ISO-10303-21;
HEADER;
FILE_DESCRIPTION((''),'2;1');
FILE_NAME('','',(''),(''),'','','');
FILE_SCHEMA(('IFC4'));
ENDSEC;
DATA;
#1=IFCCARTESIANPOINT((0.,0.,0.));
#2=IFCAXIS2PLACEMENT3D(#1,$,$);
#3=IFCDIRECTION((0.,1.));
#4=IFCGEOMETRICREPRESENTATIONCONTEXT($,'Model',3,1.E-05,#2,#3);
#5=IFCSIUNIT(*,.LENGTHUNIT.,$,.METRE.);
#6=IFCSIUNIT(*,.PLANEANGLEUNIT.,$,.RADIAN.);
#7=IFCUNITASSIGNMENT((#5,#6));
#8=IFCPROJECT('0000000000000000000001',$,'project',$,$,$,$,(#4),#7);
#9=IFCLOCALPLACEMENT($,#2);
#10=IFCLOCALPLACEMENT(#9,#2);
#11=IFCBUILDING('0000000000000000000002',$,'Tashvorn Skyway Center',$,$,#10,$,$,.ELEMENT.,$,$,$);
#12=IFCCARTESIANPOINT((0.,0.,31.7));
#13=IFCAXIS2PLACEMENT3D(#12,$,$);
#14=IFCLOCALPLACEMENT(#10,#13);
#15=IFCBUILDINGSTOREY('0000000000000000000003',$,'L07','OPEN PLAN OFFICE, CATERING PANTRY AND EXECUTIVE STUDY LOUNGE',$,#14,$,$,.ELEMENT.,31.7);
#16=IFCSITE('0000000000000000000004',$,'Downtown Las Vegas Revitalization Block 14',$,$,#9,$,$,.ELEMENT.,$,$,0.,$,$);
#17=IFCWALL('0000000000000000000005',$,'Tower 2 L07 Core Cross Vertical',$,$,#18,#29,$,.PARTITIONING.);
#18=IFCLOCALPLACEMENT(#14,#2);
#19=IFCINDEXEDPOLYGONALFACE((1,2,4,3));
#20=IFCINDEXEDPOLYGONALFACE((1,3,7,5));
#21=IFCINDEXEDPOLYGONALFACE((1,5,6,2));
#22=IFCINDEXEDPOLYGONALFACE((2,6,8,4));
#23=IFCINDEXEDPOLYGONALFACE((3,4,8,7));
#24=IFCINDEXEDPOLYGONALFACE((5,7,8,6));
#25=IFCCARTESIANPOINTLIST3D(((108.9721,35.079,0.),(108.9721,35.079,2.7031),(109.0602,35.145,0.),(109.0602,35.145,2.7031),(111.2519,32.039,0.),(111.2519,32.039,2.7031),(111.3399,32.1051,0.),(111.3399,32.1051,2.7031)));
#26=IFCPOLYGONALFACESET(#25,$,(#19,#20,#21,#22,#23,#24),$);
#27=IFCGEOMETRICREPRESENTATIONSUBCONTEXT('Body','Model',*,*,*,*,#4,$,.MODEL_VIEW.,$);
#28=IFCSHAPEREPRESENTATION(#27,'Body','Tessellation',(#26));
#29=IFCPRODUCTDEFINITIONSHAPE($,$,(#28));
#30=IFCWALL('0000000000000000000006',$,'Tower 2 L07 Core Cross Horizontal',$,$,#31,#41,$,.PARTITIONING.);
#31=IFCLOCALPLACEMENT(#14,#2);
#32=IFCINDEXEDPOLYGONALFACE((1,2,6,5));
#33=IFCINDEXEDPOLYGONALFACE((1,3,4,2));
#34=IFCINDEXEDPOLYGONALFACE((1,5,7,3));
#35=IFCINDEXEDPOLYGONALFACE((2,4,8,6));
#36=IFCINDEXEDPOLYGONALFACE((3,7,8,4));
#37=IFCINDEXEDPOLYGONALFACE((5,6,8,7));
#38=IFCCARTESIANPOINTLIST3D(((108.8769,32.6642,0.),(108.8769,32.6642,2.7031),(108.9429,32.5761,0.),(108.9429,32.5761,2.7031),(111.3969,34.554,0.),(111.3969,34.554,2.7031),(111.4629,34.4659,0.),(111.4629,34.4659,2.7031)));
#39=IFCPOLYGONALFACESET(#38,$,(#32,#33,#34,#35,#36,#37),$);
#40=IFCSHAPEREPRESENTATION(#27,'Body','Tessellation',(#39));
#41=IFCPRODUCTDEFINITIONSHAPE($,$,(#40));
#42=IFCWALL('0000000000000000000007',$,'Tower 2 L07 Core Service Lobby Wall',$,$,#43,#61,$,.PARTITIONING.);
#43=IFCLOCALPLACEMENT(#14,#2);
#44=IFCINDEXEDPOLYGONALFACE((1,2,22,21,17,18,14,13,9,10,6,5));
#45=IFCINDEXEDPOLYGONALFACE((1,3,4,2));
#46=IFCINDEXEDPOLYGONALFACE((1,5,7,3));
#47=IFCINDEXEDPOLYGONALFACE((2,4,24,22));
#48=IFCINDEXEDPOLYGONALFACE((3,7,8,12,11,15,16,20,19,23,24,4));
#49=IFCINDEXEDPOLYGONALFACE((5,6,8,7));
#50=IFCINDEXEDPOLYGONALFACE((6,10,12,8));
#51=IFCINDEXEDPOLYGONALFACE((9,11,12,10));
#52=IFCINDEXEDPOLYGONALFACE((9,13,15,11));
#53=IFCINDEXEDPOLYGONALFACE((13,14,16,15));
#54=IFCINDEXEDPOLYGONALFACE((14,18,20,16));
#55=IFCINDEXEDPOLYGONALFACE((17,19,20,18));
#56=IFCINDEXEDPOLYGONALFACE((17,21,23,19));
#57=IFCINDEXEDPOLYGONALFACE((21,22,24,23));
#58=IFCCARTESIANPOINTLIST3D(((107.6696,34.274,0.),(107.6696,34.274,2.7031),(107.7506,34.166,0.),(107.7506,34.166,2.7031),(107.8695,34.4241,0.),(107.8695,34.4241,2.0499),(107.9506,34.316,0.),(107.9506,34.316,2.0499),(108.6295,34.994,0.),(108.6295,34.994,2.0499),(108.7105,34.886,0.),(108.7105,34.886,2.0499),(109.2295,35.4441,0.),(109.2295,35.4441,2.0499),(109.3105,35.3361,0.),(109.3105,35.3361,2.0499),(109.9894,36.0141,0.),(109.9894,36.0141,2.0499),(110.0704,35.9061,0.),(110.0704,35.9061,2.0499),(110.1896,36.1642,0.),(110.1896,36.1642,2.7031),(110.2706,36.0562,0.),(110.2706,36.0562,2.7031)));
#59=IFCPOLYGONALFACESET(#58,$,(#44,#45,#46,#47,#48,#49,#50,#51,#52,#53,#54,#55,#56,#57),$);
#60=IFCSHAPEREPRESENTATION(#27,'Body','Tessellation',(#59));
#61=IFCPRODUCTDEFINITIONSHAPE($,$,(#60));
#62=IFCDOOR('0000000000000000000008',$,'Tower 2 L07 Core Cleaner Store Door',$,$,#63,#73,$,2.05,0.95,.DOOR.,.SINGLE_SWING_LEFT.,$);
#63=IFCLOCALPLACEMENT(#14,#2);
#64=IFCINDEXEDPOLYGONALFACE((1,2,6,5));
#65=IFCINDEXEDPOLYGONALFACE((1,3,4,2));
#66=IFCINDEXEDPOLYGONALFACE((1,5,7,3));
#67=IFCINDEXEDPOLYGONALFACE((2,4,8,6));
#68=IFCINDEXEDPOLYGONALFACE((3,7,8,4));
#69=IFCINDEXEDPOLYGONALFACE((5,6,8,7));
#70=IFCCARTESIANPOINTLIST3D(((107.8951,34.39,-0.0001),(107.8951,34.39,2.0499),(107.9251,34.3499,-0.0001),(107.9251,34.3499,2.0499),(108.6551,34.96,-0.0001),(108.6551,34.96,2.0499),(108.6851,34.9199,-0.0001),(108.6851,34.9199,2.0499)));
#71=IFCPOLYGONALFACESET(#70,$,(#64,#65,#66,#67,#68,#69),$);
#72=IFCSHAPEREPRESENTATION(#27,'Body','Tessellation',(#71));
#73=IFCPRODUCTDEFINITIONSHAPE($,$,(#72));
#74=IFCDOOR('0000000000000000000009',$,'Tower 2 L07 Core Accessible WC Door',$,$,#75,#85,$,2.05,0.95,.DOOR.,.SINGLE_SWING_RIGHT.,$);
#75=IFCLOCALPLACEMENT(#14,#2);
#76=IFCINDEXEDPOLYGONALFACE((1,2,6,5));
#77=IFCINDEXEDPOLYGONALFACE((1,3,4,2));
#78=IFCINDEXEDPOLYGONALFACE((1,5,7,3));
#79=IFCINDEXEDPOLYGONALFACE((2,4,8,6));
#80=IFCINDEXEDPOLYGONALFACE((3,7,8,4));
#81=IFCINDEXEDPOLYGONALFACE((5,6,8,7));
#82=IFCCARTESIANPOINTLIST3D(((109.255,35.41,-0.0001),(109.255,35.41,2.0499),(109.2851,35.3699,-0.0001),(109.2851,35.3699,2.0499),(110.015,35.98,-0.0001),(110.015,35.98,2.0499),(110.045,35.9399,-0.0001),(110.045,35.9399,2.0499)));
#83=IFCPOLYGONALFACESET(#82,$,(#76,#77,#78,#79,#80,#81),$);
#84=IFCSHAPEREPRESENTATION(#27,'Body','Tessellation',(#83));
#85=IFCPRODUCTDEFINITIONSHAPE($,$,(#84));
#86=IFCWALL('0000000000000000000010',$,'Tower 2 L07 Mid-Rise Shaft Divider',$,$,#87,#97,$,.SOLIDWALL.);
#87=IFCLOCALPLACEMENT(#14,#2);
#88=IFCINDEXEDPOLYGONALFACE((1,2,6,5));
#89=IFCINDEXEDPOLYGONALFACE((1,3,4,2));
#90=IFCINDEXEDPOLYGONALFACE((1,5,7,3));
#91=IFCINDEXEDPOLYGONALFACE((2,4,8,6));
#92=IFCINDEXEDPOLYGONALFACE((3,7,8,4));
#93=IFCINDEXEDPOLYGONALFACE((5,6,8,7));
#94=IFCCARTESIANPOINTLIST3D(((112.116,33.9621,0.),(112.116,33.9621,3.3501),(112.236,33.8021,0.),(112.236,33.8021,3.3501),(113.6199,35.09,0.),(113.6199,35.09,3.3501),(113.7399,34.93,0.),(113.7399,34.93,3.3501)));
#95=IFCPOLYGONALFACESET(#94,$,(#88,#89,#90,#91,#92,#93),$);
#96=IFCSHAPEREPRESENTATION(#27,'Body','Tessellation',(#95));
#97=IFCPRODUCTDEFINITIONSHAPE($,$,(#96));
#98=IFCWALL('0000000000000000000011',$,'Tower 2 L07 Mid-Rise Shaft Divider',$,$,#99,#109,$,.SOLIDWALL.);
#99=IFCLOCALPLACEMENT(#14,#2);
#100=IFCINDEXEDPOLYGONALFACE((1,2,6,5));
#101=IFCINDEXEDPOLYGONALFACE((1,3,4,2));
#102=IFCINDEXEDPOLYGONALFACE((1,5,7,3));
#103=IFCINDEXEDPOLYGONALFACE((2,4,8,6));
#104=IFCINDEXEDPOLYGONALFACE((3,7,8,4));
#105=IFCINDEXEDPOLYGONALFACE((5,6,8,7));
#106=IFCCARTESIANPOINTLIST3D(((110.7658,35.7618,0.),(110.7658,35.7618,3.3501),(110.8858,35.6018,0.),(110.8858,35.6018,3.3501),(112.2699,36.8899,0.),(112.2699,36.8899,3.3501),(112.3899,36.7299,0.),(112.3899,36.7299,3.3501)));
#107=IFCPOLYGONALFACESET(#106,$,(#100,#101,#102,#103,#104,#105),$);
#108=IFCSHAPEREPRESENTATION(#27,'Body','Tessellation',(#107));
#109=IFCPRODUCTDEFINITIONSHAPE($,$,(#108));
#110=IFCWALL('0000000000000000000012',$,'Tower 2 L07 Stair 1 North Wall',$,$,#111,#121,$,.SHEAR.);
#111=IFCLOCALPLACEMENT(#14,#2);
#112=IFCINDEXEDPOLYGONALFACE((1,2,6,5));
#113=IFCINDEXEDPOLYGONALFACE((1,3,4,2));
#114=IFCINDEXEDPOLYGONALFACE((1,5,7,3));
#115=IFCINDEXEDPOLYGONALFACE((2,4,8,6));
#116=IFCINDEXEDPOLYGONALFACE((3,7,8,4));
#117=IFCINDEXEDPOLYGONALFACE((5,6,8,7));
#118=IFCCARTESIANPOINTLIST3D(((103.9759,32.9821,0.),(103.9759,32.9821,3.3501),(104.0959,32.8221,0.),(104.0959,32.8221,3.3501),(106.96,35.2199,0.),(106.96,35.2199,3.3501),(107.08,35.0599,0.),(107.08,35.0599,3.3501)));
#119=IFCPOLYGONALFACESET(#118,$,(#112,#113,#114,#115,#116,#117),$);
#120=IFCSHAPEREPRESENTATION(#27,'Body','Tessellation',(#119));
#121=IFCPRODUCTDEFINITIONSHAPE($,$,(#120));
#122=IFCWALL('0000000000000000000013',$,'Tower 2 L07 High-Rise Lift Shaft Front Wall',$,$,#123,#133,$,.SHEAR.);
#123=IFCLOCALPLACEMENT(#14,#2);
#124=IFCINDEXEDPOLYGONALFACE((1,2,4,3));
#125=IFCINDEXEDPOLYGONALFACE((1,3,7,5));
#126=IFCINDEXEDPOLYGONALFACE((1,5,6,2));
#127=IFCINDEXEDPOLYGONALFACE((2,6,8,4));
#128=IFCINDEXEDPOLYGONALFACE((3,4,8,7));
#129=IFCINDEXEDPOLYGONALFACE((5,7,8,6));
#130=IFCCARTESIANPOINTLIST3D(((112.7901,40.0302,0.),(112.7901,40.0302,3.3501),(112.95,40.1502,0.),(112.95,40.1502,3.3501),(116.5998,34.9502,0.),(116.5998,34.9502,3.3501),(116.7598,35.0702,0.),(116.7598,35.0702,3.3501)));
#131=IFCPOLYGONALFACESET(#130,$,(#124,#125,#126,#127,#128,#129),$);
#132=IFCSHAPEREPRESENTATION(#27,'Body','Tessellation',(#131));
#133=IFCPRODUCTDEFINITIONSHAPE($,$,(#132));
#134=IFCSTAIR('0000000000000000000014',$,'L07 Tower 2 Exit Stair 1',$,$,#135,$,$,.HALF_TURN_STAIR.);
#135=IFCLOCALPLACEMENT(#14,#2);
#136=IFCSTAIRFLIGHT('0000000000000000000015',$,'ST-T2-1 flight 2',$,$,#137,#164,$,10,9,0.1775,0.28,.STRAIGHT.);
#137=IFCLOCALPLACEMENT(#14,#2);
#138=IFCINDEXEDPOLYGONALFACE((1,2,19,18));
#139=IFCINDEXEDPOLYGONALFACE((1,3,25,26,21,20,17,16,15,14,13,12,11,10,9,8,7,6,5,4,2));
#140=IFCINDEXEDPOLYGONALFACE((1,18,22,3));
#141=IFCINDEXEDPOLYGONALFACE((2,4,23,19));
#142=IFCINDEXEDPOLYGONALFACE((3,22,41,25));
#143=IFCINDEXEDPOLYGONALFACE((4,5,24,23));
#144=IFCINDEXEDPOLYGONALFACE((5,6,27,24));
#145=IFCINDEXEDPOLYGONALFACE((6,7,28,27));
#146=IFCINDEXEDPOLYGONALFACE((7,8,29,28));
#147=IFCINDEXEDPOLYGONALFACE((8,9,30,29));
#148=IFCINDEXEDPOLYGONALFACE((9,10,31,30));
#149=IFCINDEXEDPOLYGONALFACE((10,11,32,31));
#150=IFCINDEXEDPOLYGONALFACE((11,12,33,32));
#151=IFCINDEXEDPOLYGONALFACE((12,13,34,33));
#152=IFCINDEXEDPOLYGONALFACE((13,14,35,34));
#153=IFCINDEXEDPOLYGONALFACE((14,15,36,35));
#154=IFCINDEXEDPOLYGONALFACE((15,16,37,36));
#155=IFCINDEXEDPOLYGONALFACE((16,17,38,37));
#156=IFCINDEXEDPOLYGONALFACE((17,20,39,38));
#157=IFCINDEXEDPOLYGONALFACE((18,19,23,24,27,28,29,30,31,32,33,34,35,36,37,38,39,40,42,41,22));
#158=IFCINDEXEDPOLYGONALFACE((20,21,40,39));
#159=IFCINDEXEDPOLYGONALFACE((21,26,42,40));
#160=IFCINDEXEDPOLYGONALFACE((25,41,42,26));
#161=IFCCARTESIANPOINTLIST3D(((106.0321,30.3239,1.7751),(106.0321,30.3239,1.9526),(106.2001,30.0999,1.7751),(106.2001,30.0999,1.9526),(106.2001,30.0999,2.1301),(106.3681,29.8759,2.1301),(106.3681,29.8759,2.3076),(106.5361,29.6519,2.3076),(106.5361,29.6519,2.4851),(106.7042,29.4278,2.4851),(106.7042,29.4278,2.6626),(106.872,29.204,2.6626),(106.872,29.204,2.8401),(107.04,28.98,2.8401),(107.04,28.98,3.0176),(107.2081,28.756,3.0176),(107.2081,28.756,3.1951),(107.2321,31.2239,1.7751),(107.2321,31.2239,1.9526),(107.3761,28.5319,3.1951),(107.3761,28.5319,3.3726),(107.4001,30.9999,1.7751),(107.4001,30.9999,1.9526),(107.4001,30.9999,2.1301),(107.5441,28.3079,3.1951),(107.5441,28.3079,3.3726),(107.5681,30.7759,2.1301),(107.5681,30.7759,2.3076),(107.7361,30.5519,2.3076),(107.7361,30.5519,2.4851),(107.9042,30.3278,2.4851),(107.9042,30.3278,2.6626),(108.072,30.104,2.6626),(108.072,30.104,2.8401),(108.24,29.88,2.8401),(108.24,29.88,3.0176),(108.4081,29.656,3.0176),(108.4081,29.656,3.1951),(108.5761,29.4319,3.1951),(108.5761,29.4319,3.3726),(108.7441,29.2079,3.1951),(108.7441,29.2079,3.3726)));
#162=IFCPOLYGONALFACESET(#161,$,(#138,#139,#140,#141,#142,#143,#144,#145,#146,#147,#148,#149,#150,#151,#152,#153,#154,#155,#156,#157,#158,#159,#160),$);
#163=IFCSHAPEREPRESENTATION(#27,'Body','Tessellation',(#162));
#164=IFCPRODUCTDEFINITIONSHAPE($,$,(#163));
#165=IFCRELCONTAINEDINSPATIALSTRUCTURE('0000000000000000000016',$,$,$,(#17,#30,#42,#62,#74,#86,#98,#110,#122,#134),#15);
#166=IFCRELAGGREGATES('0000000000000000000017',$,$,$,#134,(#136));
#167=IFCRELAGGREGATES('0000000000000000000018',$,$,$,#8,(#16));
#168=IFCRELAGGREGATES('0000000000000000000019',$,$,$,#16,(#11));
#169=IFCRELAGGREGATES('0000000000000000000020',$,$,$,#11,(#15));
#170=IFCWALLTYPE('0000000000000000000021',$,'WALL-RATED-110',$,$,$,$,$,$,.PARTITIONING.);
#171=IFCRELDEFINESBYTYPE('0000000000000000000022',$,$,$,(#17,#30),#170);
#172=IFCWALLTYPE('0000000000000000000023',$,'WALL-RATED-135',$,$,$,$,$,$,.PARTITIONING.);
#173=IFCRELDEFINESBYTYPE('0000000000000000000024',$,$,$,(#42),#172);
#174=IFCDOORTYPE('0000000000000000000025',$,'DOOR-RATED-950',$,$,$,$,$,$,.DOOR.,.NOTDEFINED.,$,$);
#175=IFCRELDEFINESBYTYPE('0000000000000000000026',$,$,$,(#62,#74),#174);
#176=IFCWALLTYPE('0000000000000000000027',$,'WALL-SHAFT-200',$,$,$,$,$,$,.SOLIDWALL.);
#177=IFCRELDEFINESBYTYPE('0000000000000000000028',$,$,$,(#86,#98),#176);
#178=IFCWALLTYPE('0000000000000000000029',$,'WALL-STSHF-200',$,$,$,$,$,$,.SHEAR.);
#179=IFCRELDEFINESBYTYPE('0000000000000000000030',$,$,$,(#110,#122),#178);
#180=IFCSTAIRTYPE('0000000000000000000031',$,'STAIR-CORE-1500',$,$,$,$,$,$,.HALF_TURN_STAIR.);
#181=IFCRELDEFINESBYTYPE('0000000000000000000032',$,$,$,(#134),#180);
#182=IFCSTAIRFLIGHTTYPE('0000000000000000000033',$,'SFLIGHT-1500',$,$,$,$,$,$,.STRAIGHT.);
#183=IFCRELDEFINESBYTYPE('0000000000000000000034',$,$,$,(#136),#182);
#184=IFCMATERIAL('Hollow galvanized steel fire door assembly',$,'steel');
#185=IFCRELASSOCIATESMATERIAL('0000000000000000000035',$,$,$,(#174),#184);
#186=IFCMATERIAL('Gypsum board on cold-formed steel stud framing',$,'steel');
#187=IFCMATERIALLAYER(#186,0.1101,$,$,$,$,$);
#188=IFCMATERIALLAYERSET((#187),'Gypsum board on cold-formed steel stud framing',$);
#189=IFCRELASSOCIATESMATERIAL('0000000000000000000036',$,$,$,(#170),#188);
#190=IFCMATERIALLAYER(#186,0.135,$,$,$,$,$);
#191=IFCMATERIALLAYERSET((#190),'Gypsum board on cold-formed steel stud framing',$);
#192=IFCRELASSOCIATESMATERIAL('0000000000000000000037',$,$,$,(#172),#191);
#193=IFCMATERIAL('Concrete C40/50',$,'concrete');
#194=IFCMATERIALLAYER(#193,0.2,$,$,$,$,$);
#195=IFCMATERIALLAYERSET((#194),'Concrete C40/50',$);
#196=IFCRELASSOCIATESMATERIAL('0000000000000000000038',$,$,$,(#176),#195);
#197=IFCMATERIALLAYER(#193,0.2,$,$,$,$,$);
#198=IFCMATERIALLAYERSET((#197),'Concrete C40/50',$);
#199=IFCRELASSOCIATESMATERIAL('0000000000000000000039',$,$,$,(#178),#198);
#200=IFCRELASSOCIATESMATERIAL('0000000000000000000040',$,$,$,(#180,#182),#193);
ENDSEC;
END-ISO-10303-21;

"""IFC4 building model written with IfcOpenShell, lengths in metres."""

from ifc_helpers import new_model, si_unit, direction, frame, frame_2d, origin, place, context, subcontext, project, spatial, polyline, rectangle, outline, extrude, material, layer, layer_set, type_object, element, fill, aggregate, save


model = new_model("IFC4")

# Units and contexts
model_context = context("Model", 3, precision=1e-05, world=origin(), true_north=direction((0.0, 1.0)))
body_context = subcontext(model_context, "Body", "Model", "MODEL_VIEW")
ifc_project = project(units=[si_unit("LENGTHUNIT", "METRE"), si_unit("PLANEANGLEUNIT", "RADIAN")], contexts=[model_context])

# Site, building, storey
site_placement = place(None, origin())
site = spatial("IfcSite", under=ifc_project, at=site_placement, Name="Downtown Las Vegas Revitalization Block 14", CompositionType="ELEMENT", RefElevation=0.0)
building_placement = place(site_placement, origin())
building = spatial("IfcBuilding", under=site, at=building_placement, Name="Tashvorn Skyway Center", CompositionType="ELEMENT")
storey_placement = place(building_placement, frame((0.0, 0.0, 31.7)))
storey = spatial("IfcBuildingStorey", under=building, at=storey_placement, Name="L07", Description="OPEN PLAN OFFICE, CATERING PANTRY AND EXECUTIVE STUDY LOUNGE", CompositionType="ELEMENT", Elevation=31.7)

# Shared definitions
ifc_material_1 = material(Name="Concrete C40/50", Category="concrete")
ifc_material_2 = material(Name="Hollow galvanized steel fire door assembly", Category="steel")
door_type = type_object("IfcDoorType", Name="DOOR-RATED-950", OperationType="NOTDEFINED", PredefinedType="DOOR", material=ifc_material_2)

# Walls
ifc_material_3 = material(Name="Gypsum board on cold-formed steel stud framing", Category="steel")
ifc_layer_1 = layer(ifc_material_3, 0.1101)
ifc_layer_set_1 = layer_set([ifc_layer_1], Name="Gypsum board on cold-formed steel stud framing")
wall_type_1 = type_object("IfcWallType", Name="WALL-RATED-110", PredefinedType="PARTITIONING", material=ifc_layer_set_1)
wall_1_placement = place(storey_placement, frame((111.2959, 32.072, 0.0), z_axis=(0.0, 0.0, 1.0), x_axis=(-0.599959, 0.800031, 0.0)))
element("IfcWall", 1, at=wall_1_placement, inside=storey, type_object=wall_type_1, Name="Tower 2 L07 Core Cross Vertical", PredefinedType="PARTITIONING", context=body_context, shape_type="SweptSolid", body=[
    extrude(rectangle(XDim=3.7998, YDim=0.1101, at=frame_2d((1.8999, 0.0))), origin(), (0.0, 0.0, 1.0), 2.7031),
])
wall_2_placement = place(storey_placement, frame((108.9099, 32.6201, 0.0), z_axis=(0.0, 0.0, 1.0), x_axis=(0.800019, 0.599975, 0.0)))
element("IfcWall", 2, at=wall_2_placement, inside=storey, type_object=wall_type_1, Name="Tower 2 L07 Core Cross Horizontal", PredefinedType="PARTITIONING", context=body_context, shape_type="SweptSolid", body=[
    extrude(rectangle(XDim=3.1499, YDim=0.1101, at=frame_2d((1.575, 0.0))), origin(), (0.0, 0.0, 1.0), 2.7031),
])

# Wall, openings, doors
ifc_layer_2 = layer(ifc_material_3, 0.135)
ifc_layer_set_2 = layer_set([ifc_layer_2], Name="Gypsum board on cold-formed steel stud framing")
wall_type_2 = type_object("IfcWallType", Name="WALL-RATED-135", PredefinedType="PARTITIONING", material=ifc_layer_set_2)
wall_3_placement = place(storey_placement, frame((107.71, 34.22, 0.0), z_axis=(0.0, 0.0, 1.0), x_axis=(0.799981, 0.600025, 0.0)))
wall_3 = element("IfcWall", 3, at=wall_3_placement, inside=storey, type_object=wall_type_2, Name="Tower 2 L07 Core Service Lobby Wall", PredefinedType="PARTITIONING", context=body_context, shape_type="SweptSolid", body=[
    extrude(rectangle(XDim=3.1501, YDim=0.135, at=frame_2d((1.5752, 0.0))), origin(), (0.0, 0.0, 1.0), 2.7031),
])
opening_1_placement = place(wall_3_placement, frame((0.25, 0.0, 0.0)))
opening_1 = element("IfcOpeningElement", 4, at=opening_1_placement, cuts=wall_3, PredefinedType="OPENING", context=body_context, shape_type="SweptSolid", body=[
    extrude(rectangle(XDim=0.95, YDim=2.05, at=frame_2d((0.4751, 1.0249))), frame((0.0, 0.0774, 0.0), z_axis=(0.0, -1.0, 0.0), x_axis=(1.0, 0.0, 0.0)), (0.0, 0.0, 1.0), 0.155),
])
opening_2_placement = place(wall_3_placement, frame((1.95, 0.0, 0.0)))
opening_2 = element("IfcOpeningElement", 5, at=opening_2_placement, cuts=wall_3, PredefinedType="OPENING", context=body_context, shape_type="SweptSolid", body=[
    extrude(rectangle(XDim=0.95, YDim=2.05, at=frame_2d((0.4751, 1.0249))), frame((0.0, 0.0774, 0.0), z_axis=(0.0, -1.0, 0.0), x_axis=(1.0, 0.0, 0.0)), (0.0, 0.0, 1.0), 0.155),
])
door_1_placement = place(opening_1_placement, origin())
door_1 = element("IfcDoor", 6, at=door_1_placement, inside=storey, type_object=door_type, Name="Tower 2 L07 Core Cleaner Store Door", OperationType="SINGLE_SWING_LEFT", OverallHeight=2.05, OverallWidth=0.95, PredefinedType="DOOR", context=body_context, shape_type="SweptSolid", body=[
    extrude(rectangle(XDim=0.95, YDim=2.05, at=frame_2d((0.4751, 1.0249))), frame((0.0, 0.0249, 0.0), z_axis=(0.0, -1.0, 0.0), x_axis=(1.0, 0.0, 0.0)), (0.0, 0.0, 1.0), 0.05),
])
fill(opening_1, door_1)
door_2_placement = place(opening_2_placement, origin())
door_2 = element("IfcDoor", 7, at=door_2_placement, inside=storey, type_object=door_type, Name="Tower 2 L07 Core Accessible WC Door", OperationType="SINGLE_SWING_RIGHT", OverallHeight=2.05, OverallWidth=0.95, PredefinedType="DOOR", context=body_context, shape_type="SweptSolid", body=[
    extrude(rectangle(XDim=0.95, YDim=2.05, at=frame_2d((0.4751, 1.0249))), frame((0.0, 0.0249, 0.0), z_axis=(0.0, -1.0, 0.0), x_axis=(1.0, 0.0, 0.0)), (0.0, 0.0, 1.0), 0.05),
])
fill(opening_2, door_2)

# Walls
ifc_layer_3 = layer(ifc_material_1, 0.2)
ifc_layer_set_3 = layer_set([ifc_layer_3], Name="Concrete C40/50")
wall_type_3 = type_object("IfcWallType", Name="WALL-SHAFT-200", PredefinedType="SOLIDWALL", material=ifc_layer_set_3)
wall_4_placement = place(storey_placement, frame((112.176, 33.8821, 0.0), z_axis=(0.0, 0.0, 1.0), x_axis=(0.8, 0.6, 0.0)))
element("IfcWall", 8, at=wall_4_placement, inside=storey, type_object=wall_type_3, Name="Tower 2 L07 Mid-Rise Shaft Divider", PredefinedType="SOLIDWALL", context=body_context, shape_type="SweptSolid", body=[
    extrude(rectangle(XDim=1.8799, YDim=0.2, at=frame_2d((0.9399, 0.0))), origin(), (0.0, 0.0, 1.0), 3.3501),
])
wall_5_placement = place(storey_placement, frame((110.8259, 35.6819, 0.0), z_axis=(0.0, 0.0, 1.0), x_axis=(0.799984, 0.600021, 0.0)))
element("IfcWall", 9, at=wall_5_placement, inside=storey, type_object=wall_type_3, Name="Tower 2 L07 Mid-Rise Shaft Divider", PredefinedType="SOLIDWALL", context=body_context, shape_type="SweptSolid", body=[
    extrude(rectangle(XDim=1.8801, YDim=0.2, at=frame_2d((0.9399, 0.0))), origin(), (0.0, 0.0, 1.0), 3.3501),
])
ifc_layer_4 = layer(ifc_material_1, 0.2)
ifc_layer_set_4 = layer_set([ifc_layer_4], Name="Concrete C40/50")
wall_type_4 = type_object("IfcWallType", Name="WALL-STSHF-200", PredefinedType="SHEAR", material=ifc_layer_set_4)
wall_6_placement = place(storey_placement, frame((104.0359, 32.9021, 0.0), z_axis=(0.0, 0.0, 1.0), x_axis=(0.800039, 0.599948, 0.0)))
element("IfcWall", 10, at=wall_6_placement, inside=storey, type_object=wall_type_4, Name="Tower 2 L07 Stair 1 North Wall", PredefinedType="SHEAR", context=body_context, shape_type="SweptSolid", body=[
    extrude(rectangle(XDim=3.73, YDim=0.2, at=frame_2d((1.865, 0.0))), origin(), (0.0, 0.0, 1.0), 3.3501),
])
wall_7_placement = place(storey_placement, frame((112.8701, 40.0901, 0.0), z_axis=(0.0, 0.0, 1.0), x_axis=(0.599975, -0.800018, 0.0)))
element("IfcWall", 11, at=wall_7_placement, inside=storey, type_object=wall_type_4, Name="Tower 2 L07 High-Rise Lift Shaft Front Wall", PredefinedType="SHEAR", context=body_context, shape_type="SweptSolid", body=[
    extrude(rectangle(XDim=6.3499, YDim=0.2, at=frame_2d((3.1748, 0.0))), origin(), (0.0, 0.0, 1.0), 3.3501),
])

# Stair, stair flight
stair_type = type_object("IfcStairType", Name="STAIR-CORE-1500", PredefinedType="HALF_TURN_STAIR", material=ifc_material_1)
stair_placement = place(storey_placement, origin())
stair = element("IfcStair", 12, at=stair_placement, inside=storey, type_object=stair_type, Name="L07 Tower 2 Exit Stair 1", PredefinedType="HALF_TURN_STAIR")
stair_flight_type = type_object("IfcStairFlightType", Name="SFLIGHT-1500", PredefinedType="STRAIGHT", material=ifc_material_1)
stair_flight_placement = place(storey_placement, frame((106.6321, 30.7739, 1.7751), z_axis=(0.0, 0.0, 1.0), x_axis=(0.6, -0.8, 0.0)))
stair_flight = element("IfcStairFlight", 13, at=stair_flight_placement, type_object=stair_flight_type, Name="ST-T2-1 flight 2", NumberOfRisers=10, NumberOfTreads=9, PredefinedType="STRAIGHT", RiserHeight=0.1775, TreadLength=0.28, context=body_context, shape_type="SweptSolid", body=[
    extrude(outline(polyline([(0.0, 0.0), (0.0, 0.1775), (0.28, 0.1775), (0.28, 0.355), (0.5601, 0.355), (0.5601, 0.5325), (0.8401, 0.5325), (0.8401, 0.71), (1.1201, 0.71), (1.1201, 0.8875), (1.3999, 0.8875), (1.3999, 1.0649), (1.6799, 1.0649), (1.6799, 1.2424), (1.96, 1.2424), (1.96, 1.4199), (2.24, 1.4199), (2.24, 1.5974), (2.52, 1.5974), (2.52, 1.7749), (2.52, 1.4199), (0.28, 0.0), (0.0, 0.0)])), frame((0.0, 0.75, 0.0), z_axis=(0.0, -1.0, 0.0), x_axis=(1.0, 0.0, 0.0)), (0.0, 0.0, 1.0), 1.5),
])
aggregate(stair, [stair_flight])

save(model, "model.ifc")
